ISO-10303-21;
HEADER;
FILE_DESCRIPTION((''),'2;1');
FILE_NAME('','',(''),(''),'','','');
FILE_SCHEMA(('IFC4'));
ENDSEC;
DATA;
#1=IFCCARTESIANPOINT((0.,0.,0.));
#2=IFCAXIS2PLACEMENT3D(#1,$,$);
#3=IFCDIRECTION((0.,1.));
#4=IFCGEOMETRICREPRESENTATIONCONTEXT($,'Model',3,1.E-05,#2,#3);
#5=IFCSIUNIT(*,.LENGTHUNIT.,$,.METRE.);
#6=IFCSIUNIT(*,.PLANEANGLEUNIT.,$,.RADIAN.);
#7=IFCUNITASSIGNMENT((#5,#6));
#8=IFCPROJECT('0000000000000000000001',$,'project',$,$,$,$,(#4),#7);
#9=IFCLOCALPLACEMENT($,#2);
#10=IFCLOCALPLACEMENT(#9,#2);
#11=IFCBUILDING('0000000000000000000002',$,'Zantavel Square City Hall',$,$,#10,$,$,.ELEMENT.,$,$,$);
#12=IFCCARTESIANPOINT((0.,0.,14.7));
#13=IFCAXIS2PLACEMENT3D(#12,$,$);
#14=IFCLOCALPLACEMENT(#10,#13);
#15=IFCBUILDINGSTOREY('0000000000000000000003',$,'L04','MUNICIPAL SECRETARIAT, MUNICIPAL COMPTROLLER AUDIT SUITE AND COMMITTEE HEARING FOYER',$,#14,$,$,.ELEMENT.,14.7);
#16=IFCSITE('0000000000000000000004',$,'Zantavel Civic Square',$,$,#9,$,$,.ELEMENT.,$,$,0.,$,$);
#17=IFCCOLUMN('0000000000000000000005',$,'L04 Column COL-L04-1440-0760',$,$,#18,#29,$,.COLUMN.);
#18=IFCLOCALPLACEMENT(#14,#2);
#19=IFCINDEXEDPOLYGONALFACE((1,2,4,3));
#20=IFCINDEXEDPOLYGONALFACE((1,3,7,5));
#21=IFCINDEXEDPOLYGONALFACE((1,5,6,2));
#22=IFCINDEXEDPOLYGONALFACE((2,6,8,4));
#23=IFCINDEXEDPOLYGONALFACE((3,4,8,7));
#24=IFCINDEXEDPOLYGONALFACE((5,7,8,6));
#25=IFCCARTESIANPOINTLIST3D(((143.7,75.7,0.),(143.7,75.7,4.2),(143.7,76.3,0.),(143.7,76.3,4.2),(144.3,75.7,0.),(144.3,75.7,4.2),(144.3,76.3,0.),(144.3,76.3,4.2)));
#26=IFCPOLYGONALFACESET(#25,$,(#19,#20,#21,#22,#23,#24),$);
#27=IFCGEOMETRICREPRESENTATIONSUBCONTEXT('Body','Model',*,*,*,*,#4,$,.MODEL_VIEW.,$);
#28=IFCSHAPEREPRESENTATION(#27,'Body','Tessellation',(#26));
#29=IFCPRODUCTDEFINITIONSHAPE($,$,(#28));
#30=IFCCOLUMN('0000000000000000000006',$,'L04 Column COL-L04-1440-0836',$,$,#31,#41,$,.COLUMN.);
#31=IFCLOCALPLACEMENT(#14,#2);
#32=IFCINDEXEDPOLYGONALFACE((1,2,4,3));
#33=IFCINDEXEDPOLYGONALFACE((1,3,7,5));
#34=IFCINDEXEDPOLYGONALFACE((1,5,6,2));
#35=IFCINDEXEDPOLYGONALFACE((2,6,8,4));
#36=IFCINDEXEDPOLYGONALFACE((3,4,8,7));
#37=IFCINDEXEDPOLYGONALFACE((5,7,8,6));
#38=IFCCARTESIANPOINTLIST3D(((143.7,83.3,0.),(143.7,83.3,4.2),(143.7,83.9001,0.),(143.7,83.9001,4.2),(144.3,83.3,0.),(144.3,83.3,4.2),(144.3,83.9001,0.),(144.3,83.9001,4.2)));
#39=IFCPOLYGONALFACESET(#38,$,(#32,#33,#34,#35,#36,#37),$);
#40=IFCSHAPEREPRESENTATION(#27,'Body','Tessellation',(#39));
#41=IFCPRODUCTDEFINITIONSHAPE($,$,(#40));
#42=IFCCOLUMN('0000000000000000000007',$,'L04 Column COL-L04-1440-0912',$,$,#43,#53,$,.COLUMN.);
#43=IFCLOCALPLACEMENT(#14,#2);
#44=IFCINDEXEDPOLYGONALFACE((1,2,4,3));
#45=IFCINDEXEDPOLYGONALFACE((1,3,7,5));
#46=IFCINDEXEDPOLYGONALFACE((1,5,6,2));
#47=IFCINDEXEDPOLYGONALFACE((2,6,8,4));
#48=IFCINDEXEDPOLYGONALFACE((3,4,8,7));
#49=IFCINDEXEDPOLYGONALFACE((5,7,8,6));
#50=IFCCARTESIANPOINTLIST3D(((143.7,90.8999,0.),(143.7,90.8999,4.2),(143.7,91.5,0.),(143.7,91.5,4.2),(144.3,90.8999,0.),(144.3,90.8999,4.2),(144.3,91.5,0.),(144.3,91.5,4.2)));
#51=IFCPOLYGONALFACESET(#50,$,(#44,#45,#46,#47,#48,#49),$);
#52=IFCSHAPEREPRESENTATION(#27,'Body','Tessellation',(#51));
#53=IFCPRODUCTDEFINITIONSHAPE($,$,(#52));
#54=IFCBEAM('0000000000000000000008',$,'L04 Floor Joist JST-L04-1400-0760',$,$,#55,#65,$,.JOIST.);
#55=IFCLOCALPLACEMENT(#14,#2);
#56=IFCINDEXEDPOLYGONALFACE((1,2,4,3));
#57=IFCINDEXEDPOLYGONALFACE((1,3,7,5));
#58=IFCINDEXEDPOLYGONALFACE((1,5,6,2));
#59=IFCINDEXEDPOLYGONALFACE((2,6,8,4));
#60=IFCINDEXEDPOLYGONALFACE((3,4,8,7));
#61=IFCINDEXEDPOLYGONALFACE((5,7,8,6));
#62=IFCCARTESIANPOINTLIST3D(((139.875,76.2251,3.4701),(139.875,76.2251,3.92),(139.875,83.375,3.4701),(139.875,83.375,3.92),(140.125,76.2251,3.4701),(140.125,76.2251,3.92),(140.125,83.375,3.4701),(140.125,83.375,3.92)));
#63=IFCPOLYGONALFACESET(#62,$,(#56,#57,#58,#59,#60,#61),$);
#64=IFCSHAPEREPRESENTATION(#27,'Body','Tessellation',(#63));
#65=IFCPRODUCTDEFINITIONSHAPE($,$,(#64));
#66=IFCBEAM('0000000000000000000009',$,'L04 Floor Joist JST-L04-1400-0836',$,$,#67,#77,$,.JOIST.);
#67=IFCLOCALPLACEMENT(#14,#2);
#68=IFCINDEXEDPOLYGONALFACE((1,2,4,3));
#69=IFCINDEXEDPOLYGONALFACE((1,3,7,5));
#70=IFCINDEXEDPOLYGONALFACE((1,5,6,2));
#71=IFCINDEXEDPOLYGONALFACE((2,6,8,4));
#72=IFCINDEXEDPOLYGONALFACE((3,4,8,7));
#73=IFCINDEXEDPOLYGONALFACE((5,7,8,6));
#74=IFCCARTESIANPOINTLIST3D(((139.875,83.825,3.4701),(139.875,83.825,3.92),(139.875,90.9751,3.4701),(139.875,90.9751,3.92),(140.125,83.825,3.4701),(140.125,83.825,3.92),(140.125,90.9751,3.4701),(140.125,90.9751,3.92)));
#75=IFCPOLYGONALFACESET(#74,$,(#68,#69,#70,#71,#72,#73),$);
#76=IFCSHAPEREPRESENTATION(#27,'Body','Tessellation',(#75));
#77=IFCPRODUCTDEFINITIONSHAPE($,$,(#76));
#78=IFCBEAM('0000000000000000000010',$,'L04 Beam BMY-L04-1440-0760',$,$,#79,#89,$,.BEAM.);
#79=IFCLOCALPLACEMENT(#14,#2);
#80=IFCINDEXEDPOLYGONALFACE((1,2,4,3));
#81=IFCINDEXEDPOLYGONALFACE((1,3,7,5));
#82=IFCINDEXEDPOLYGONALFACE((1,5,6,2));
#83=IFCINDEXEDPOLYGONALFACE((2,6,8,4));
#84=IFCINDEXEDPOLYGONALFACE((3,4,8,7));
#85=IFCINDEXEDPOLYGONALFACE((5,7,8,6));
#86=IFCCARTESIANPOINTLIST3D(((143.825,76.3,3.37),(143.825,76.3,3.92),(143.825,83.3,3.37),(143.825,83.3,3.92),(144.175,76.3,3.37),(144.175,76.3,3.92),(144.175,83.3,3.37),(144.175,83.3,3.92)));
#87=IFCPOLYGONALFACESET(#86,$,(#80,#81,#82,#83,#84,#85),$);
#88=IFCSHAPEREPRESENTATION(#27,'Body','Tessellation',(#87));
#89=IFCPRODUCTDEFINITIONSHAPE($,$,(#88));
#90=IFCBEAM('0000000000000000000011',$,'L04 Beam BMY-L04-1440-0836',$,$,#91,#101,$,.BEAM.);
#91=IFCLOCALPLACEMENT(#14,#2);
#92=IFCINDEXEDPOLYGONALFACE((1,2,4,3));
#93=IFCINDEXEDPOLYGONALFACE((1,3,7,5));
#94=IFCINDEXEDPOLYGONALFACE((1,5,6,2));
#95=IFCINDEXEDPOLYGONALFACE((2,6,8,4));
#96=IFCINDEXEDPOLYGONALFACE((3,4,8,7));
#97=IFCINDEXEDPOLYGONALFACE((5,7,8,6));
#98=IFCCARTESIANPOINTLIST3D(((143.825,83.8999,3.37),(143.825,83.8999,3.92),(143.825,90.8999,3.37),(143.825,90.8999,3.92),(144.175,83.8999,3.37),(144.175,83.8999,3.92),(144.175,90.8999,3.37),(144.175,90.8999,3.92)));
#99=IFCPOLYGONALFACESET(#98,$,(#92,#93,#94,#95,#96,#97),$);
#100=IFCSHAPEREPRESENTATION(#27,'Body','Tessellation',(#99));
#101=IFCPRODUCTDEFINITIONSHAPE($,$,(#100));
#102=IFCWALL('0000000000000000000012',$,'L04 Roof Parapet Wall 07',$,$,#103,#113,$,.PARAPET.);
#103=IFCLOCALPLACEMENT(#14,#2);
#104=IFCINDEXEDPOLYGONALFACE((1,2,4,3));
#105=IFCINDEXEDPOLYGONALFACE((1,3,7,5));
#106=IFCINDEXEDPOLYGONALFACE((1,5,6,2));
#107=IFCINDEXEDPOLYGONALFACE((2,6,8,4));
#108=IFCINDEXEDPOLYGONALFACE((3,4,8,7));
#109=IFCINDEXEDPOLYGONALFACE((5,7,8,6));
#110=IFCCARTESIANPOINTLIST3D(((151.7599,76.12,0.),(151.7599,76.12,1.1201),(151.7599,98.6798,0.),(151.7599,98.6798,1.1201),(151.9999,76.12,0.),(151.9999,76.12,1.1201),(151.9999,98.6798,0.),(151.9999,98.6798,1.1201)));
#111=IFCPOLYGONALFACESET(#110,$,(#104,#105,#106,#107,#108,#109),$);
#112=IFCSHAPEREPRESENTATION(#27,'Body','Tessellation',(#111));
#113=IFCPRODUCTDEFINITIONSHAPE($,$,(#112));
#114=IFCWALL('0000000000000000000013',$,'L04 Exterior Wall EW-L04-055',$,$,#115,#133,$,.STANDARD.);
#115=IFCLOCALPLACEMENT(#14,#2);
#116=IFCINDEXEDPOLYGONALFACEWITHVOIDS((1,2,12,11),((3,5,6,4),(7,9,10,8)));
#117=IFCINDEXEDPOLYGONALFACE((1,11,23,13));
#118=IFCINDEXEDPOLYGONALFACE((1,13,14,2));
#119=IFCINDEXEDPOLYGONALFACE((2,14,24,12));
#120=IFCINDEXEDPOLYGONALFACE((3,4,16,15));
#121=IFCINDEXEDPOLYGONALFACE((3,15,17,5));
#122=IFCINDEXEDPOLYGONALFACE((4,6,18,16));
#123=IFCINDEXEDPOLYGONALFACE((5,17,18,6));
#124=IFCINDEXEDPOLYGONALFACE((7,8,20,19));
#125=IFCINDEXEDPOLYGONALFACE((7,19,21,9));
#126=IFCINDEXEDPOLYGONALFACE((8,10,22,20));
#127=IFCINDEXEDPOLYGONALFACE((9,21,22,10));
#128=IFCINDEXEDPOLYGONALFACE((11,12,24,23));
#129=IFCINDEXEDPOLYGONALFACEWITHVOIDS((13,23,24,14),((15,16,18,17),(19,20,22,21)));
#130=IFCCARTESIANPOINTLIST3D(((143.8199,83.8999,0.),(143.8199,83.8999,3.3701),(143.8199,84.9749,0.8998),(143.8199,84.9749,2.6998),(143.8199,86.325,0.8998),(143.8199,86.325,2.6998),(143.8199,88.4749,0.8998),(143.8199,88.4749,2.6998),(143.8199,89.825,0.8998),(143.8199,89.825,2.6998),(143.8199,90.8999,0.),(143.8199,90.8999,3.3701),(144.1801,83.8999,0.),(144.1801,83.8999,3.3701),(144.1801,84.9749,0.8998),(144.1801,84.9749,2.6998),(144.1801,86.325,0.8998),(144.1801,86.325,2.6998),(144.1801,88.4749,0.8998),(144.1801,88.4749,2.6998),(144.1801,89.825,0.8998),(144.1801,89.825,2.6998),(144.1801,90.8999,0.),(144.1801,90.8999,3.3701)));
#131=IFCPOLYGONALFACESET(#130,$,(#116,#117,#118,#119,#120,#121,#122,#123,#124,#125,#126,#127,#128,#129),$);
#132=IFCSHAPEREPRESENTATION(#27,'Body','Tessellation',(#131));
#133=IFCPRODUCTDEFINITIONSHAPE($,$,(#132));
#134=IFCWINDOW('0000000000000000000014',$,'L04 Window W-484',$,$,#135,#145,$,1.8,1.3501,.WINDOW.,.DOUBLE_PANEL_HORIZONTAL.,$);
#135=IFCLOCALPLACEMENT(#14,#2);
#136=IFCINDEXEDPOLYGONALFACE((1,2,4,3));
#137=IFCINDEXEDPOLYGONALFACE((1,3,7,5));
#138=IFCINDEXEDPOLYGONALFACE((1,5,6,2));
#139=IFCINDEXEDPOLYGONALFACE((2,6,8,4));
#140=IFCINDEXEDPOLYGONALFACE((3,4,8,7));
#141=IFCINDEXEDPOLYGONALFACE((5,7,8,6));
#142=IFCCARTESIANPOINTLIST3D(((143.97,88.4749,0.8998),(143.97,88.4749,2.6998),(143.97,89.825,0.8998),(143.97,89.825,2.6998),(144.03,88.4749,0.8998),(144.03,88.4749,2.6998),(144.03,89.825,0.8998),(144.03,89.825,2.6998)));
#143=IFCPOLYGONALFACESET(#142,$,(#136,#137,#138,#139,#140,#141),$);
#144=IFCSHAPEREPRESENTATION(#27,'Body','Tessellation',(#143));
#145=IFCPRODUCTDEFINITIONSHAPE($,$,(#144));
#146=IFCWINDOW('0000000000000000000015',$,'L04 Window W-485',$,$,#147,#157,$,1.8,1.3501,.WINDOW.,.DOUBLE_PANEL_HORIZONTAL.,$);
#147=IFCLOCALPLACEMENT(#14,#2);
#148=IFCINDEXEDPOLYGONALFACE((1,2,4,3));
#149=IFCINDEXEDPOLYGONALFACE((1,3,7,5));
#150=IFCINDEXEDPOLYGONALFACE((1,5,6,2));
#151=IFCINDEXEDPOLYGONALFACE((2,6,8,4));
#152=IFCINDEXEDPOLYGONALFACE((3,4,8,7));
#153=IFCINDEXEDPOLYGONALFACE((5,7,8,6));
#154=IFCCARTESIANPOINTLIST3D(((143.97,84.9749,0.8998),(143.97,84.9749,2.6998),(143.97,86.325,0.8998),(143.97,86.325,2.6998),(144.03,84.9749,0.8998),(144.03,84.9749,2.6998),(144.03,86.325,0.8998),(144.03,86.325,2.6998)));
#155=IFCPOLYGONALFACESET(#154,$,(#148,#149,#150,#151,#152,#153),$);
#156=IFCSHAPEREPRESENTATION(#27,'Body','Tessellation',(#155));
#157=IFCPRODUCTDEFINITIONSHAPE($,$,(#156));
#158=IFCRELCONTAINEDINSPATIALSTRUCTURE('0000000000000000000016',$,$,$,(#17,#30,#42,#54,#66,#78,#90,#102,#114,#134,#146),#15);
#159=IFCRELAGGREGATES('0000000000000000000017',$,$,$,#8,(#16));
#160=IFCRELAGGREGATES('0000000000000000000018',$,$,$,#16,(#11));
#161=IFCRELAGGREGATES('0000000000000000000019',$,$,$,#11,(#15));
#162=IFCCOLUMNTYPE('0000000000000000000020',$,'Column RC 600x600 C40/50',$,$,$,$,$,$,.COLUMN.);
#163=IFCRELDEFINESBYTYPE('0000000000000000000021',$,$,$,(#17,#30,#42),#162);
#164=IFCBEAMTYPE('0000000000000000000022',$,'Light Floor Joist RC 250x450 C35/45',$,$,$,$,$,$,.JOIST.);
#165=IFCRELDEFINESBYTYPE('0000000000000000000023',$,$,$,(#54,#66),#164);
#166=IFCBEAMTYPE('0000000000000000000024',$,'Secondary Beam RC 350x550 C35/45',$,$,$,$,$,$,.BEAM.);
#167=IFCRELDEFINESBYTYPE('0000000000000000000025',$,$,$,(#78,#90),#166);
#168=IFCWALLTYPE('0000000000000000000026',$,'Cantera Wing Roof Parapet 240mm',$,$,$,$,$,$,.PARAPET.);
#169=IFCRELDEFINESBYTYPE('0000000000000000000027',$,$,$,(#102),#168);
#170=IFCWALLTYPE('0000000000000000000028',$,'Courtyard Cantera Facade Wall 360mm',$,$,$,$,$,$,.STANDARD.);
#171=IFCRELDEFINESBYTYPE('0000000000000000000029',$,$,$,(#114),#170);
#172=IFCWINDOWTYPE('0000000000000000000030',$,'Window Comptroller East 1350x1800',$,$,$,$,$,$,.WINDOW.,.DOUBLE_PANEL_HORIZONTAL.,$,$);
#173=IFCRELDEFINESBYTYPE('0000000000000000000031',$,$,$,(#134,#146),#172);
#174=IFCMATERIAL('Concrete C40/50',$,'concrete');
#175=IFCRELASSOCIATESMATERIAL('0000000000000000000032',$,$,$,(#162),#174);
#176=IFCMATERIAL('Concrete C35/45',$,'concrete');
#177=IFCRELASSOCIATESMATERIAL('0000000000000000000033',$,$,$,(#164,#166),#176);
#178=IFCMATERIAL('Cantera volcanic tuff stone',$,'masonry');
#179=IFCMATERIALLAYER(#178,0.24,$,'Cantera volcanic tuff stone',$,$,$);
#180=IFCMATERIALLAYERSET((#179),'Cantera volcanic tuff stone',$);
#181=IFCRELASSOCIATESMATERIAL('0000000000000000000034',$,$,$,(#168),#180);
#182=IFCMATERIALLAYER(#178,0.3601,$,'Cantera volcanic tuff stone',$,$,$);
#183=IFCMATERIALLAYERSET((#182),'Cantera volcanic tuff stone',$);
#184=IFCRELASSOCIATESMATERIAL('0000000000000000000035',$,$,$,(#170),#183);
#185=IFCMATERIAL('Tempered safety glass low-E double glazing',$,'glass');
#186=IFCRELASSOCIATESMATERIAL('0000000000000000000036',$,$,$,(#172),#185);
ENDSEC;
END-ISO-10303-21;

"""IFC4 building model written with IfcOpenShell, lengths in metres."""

from ifc_helpers import new_model, si_unit, direction, frame, frame_2d, origin, origin_2d, place, context, subcontext, project, spatial, rectangle, extrude, material, layer, layer_set, material_profile, profile_set, type_object, element, fill, save


model = new_model("IFC4")

# Units and contexts
model_context = context("Model", 3, precision=1e-05, world=origin(), true_north=direction((0.0, 1.0)))
body_context = subcontext(model_context, "Body", "Model", "MODEL_VIEW")
ifc_project = project(units=[si_unit("LENGTHUNIT", "METRE"), si_unit("PLANEANGLEUNIT", "RADIAN")], contexts=[model_context])

# Site, building, storey
site_placement = place(None, origin())
site = spatial("IfcSite", under=ifc_project, at=site_placement, Name="Zantavel Civic Square", CompositionType="ELEMENT", RefElevation=0.0)
building_placement = place(site_placement, origin())
building = spatial("IfcBuilding", under=site, at=building_placement, Name="Zantavel Square City Hall", CompositionType="ELEMENT")
storey_placement = place(building_placement, frame((0.0, 0.0, 14.7)))
storey = spatial("IfcBuildingStorey", under=building, at=storey_placement, Name="L04", Description="MUNICIPAL SECRETARIAT, MUNICIPAL COMPTROLLER AUDIT SUITE AND COMMITTEE HEARING FOYER", CompositionType="ELEMENT", Elevation=14.7)

# Columns
ifc_material_1 = material(Name="Concrete C40/50", Category="concrete")
ifc_material_profile_1 = material_profile(ifc_material_1, rectangle(XDim=0.6001, YDim=0.6001, at=origin_2d()), Name="RC 600x600")
ifc_profile_set_1 = profile_set([ifc_material_profile_1], Name="Concrete C40/50")
column_type = type_object("IfcColumnType", Name="Column RC 600x600 C40/50", PredefinedType="COLUMN", material=ifc_profile_set_1)
for number, where, z_axis, x_axis, name in (
    (1, (144.0, 76.0, 0.0), (0.0, 0.0, 1.0), (1.0, 0.0, 0.0), "L04 Column COL-L04-1440-0760"),
    (2, (144.0, 83.6001, 0.0), (0.0, 0.0, 1.0), (1.0, 0.0, 0.0), "L04 Column COL-L04-1440-0836"),
    (3, (144.0, 91.2, 0.0), (0.0, 0.0, 1.0), (1.0, 0.0, 0.0), "L04 Column COL-L04-1440-0912"),
):
    element("IfcColumn", number, at=place(storey_placement, frame(where, z_axis=z_axis, x_axis=x_axis)), inside=storey, type_object=column_type, Name=name, PredefinedType="COLUMN", context=body_context, shape_type="SweptSolid", body=[
        extrude(rectangle(XDim=0.6001, YDim=0.6001, at=origin_2d()), origin(), (0.0, 0.0, 1.0), 4.2),
    ])

# Beams
ifc_material_2 = material(Name="Concrete C35/45", Category="concrete")
ifc_material_profile_2 = material_profile(ifc_material_2, rectangle(XDim=0.25, YDim=0.45, at=origin_2d()), Name="RC 250x450")
ifc_profile_set_2 = profile_set([ifc_material_profile_2], Name="Concrete C35/45")
beam_type_1 = type_object("IfcBeamType", Name="Light Floor Joist RC 250x450 C35/45", PredefinedType="JOIST", material=ifc_profile_set_2)
beam_1_placement = place(storey_placement, frame((140.0, 76.2251, 3.6951), z_axis=(0.0, 1.0, 0.0), x_axis=(-1.0, 0.0, 0.0)))
element("IfcBeam", 4, at=beam_1_placement, inside=storey, type_object=beam_type_1, Name="L04 Floor Joist JST-L04-1400-0760", PredefinedType="JOIST", context=body_context, shape_type="SweptSolid", body=[
    extrude(rectangle(XDim=0.25, YDim=0.45, at=origin_2d()), origin(), (0.0, 0.0, 1.0), 7.1499),
])
beam_2_placement = place(storey_placement, frame((140.0, 83.825, 3.6951), z_axis=(0.0, 1.0, 0.0), x_axis=(-1.0, 0.0, 0.0)))
element("IfcBeam", 5, at=beam_2_placement, inside=storey, type_object=beam_type_1, Name="L04 Floor Joist JST-L04-1400-0836", PredefinedType="JOIST", context=body_context, shape_type="SweptSolid", body=[
    extrude(rectangle(XDim=0.25, YDim=0.45, at=origin_2d()), origin(), (0.0, 0.0, 1.0), 7.1501),
])
ifc_material_profile_3 = material_profile(ifc_material_2, rectangle(XDim=0.3501, YDim=0.55, at=origin_2d()), Name="RC 350x550")
ifc_profile_set_3 = profile_set([ifc_material_profile_3], Name="Concrete C35/45")
beam_type_2 = type_object("IfcBeamType", Name="Secondary Beam RC 350x550 C35/45", PredefinedType="BEAM", material=ifc_profile_set_3)
for number, where, z_axis, x_axis, name in (
    (6, (144.0, 76.3, 3.645), (0.0, 1.0, 0.0), (-1.0, 0.0, 0.0), "L04 Beam BMY-L04-1440-0760"),
    (7, (144.0, 83.8999, 3.645), (0.0, 1.0, 0.0), (-1.0, 0.0, 0.0), "L04 Beam BMY-L04-1440-0836"),
):
    element("IfcBeam", number, at=place(storey_placement, frame(where, z_axis=z_axis, x_axis=x_axis)), inside=storey, type_object=beam_type_2, Name=name, PredefinedType="BEAM", context=body_context, shape_type="SweptSolid", body=[
        extrude(rectangle(XDim=0.3501, YDim=0.55, at=origin_2d()), origin(), (0.0, 0.0, 1.0), 7.0),
    ])

# Wall
ifc_material_3 = material(Name="Cantera volcanic tuff stone", Category="masonry")
ifc_layer_1 = layer(ifc_material_3, 0.24, Name="Cantera volcanic tuff stone")
ifc_layer_set_1 = layer_set([ifc_layer_1], Name="Cantera volcanic tuff stone")
wall_type_1 = type_object("IfcWallType", Name="Cantera Wing Roof Parapet 240mm", PredefinedType="PARAPET", material=ifc_layer_set_1)
wall_1_placement = place(storey_placement, frame((151.8799, 76.1201, 0.0), z_axis=(0.0, 0.0, 1.0), x_axis=(0.0, 1.0, 0.0)))
element("IfcWall", 8, at=wall_1_placement, inside=storey, type_object=wall_type_1, Name="L04 Roof Parapet Wall 07", PredefinedType="PARAPET", context=body_context, shape_type="SweptSolid", body=[
    extrude(rectangle(XDim=22.5598, YDim=0.24, at=frame_2d((11.2798, 0.0))), origin(), (0.0, 0.0, 1.0), 1.1201),
])

# Wall, openings, windows
ifc_layer_2 = layer(ifc_material_3, 0.3601, Name="Cantera volcanic tuff stone")
ifc_layer_set_2 = layer_set([ifc_layer_2], Name="Cantera volcanic tuff stone")
wall_type_2 = type_object("IfcWallType", Name="Courtyard Cantera Facade Wall 360mm", PredefinedType="STANDARD", material=ifc_layer_set_2)
wall_2_placement = place(storey_placement, frame((144.0, 90.8999, 0.0), z_axis=(0.0, 0.0, 1.0), x_axis=(0.0, -1.0, 0.0)))
wall_2 = element("IfcWall", 9, at=wall_2_placement, inside=storey, type_object=wall_type_2, Name="L04 Exterior Wall EW-L04-055", PredefinedType="STANDARD", context=body_context, shape_type="SweptSolid", body=[
    extrude(rectangle(XDim=7.0, YDim=0.3601, at=frame_2d((3.5, 0.0))), origin(), (0.0, 0.0, 1.0), 3.3701),
])
opening_1_placement = place(wall_2_placement, frame((1.075, 0.0, 0.8999)))
opening_1 = element("IfcOpeningElement", 10, at=opening_1_placement, cuts=wall_2, PredefinedType="OPENING", context=body_context, shape_type="SweptSolid", body=[
    extrude(rectangle(XDim=1.3501, YDim=1.8, at=frame_2d((0.675, 0.8999))), frame((0.0, 0.1899, 0.0), z_axis=(0.0, -1.0, 0.0), x_axis=(1.0, 0.0, 0.0)), (0.0, 0.0, 1.0), 0.3801),
])
opening_2_placement = place(wall_2_placement, frame((4.575, 0.0, 0.8999)))
opening_2 = element("IfcOpeningElement", 11, at=opening_2_placement, cuts=wall_2, PredefinedType="OPENING", context=body_context, shape_type="SweptSolid", body=[
    extrude(rectangle(XDim=1.3501, YDim=1.8, at=frame_2d((0.675, 0.8999))), frame((0.0, 0.1899, 0.0), z_axis=(0.0, -1.0, 0.0), x_axis=(1.0, 0.0, 0.0)), (0.0, 0.0, 1.0), 0.3801),
])
ifc_material_4 = material(Name="Tempered safety glass low-E double glazing", Category="glass")
window_type_1 = type_object("IfcWindowType", Name="Window Comptroller East 1350x1800", PartitioningType="DOUBLE_PANEL_HORIZONTAL", PredefinedType="WINDOW", material=ifc_material_4)
window_1_placement = place(opening_1_placement, origin())
window_1 = element("IfcWindow", 12, at=window_1_placement, inside=storey, type_object=window_type_1, Name="L04 Window W-484", OverallHeight=1.8, OverallWidth=1.3501, PartitioningType="DOUBLE_PANEL_HORIZONTAL", PredefinedType="WINDOW", context=body_context, shape_type="SweptSolid", body=[
    extrude(rectangle(XDim=1.3501, YDim=1.8, at=frame_2d((0.675, 0.8999))), frame((0.0, 0.03, 0.0), z_axis=(0.0, -1.0, 0.0), x_axis=(1.0, 0.0, 0.0)), (0.0, 0.0, 1.0), 0.0601),
])
fill(opening_1, window_1)
window_2_placement = place(opening_2_placement, origin())
window_2 = element("IfcWindow", 13, at=window_2_placement, inside=storey, type_object=window_type_1, Name="L04 Window W-485", OverallHeight=1.8, OverallWidth=1.3501, PartitioningType="DOUBLE_PANEL_HORIZONTAL", PredefinedType="WINDOW", context=body_context, shape_type="SweptSolid", body=[
    extrude(rectangle(XDim=1.3501, YDim=1.8, at=frame_2d((0.675, 0.8999))), frame((0.0, 0.03, 0.0), z_axis=(0.0, -1.0, 0.0), x_axis=(1.0, 0.0, 0.0)), (0.0, 0.0, 1.0), 0.0601),
])
fill(opening_2, window_2)

save(model, "model.ifc")
